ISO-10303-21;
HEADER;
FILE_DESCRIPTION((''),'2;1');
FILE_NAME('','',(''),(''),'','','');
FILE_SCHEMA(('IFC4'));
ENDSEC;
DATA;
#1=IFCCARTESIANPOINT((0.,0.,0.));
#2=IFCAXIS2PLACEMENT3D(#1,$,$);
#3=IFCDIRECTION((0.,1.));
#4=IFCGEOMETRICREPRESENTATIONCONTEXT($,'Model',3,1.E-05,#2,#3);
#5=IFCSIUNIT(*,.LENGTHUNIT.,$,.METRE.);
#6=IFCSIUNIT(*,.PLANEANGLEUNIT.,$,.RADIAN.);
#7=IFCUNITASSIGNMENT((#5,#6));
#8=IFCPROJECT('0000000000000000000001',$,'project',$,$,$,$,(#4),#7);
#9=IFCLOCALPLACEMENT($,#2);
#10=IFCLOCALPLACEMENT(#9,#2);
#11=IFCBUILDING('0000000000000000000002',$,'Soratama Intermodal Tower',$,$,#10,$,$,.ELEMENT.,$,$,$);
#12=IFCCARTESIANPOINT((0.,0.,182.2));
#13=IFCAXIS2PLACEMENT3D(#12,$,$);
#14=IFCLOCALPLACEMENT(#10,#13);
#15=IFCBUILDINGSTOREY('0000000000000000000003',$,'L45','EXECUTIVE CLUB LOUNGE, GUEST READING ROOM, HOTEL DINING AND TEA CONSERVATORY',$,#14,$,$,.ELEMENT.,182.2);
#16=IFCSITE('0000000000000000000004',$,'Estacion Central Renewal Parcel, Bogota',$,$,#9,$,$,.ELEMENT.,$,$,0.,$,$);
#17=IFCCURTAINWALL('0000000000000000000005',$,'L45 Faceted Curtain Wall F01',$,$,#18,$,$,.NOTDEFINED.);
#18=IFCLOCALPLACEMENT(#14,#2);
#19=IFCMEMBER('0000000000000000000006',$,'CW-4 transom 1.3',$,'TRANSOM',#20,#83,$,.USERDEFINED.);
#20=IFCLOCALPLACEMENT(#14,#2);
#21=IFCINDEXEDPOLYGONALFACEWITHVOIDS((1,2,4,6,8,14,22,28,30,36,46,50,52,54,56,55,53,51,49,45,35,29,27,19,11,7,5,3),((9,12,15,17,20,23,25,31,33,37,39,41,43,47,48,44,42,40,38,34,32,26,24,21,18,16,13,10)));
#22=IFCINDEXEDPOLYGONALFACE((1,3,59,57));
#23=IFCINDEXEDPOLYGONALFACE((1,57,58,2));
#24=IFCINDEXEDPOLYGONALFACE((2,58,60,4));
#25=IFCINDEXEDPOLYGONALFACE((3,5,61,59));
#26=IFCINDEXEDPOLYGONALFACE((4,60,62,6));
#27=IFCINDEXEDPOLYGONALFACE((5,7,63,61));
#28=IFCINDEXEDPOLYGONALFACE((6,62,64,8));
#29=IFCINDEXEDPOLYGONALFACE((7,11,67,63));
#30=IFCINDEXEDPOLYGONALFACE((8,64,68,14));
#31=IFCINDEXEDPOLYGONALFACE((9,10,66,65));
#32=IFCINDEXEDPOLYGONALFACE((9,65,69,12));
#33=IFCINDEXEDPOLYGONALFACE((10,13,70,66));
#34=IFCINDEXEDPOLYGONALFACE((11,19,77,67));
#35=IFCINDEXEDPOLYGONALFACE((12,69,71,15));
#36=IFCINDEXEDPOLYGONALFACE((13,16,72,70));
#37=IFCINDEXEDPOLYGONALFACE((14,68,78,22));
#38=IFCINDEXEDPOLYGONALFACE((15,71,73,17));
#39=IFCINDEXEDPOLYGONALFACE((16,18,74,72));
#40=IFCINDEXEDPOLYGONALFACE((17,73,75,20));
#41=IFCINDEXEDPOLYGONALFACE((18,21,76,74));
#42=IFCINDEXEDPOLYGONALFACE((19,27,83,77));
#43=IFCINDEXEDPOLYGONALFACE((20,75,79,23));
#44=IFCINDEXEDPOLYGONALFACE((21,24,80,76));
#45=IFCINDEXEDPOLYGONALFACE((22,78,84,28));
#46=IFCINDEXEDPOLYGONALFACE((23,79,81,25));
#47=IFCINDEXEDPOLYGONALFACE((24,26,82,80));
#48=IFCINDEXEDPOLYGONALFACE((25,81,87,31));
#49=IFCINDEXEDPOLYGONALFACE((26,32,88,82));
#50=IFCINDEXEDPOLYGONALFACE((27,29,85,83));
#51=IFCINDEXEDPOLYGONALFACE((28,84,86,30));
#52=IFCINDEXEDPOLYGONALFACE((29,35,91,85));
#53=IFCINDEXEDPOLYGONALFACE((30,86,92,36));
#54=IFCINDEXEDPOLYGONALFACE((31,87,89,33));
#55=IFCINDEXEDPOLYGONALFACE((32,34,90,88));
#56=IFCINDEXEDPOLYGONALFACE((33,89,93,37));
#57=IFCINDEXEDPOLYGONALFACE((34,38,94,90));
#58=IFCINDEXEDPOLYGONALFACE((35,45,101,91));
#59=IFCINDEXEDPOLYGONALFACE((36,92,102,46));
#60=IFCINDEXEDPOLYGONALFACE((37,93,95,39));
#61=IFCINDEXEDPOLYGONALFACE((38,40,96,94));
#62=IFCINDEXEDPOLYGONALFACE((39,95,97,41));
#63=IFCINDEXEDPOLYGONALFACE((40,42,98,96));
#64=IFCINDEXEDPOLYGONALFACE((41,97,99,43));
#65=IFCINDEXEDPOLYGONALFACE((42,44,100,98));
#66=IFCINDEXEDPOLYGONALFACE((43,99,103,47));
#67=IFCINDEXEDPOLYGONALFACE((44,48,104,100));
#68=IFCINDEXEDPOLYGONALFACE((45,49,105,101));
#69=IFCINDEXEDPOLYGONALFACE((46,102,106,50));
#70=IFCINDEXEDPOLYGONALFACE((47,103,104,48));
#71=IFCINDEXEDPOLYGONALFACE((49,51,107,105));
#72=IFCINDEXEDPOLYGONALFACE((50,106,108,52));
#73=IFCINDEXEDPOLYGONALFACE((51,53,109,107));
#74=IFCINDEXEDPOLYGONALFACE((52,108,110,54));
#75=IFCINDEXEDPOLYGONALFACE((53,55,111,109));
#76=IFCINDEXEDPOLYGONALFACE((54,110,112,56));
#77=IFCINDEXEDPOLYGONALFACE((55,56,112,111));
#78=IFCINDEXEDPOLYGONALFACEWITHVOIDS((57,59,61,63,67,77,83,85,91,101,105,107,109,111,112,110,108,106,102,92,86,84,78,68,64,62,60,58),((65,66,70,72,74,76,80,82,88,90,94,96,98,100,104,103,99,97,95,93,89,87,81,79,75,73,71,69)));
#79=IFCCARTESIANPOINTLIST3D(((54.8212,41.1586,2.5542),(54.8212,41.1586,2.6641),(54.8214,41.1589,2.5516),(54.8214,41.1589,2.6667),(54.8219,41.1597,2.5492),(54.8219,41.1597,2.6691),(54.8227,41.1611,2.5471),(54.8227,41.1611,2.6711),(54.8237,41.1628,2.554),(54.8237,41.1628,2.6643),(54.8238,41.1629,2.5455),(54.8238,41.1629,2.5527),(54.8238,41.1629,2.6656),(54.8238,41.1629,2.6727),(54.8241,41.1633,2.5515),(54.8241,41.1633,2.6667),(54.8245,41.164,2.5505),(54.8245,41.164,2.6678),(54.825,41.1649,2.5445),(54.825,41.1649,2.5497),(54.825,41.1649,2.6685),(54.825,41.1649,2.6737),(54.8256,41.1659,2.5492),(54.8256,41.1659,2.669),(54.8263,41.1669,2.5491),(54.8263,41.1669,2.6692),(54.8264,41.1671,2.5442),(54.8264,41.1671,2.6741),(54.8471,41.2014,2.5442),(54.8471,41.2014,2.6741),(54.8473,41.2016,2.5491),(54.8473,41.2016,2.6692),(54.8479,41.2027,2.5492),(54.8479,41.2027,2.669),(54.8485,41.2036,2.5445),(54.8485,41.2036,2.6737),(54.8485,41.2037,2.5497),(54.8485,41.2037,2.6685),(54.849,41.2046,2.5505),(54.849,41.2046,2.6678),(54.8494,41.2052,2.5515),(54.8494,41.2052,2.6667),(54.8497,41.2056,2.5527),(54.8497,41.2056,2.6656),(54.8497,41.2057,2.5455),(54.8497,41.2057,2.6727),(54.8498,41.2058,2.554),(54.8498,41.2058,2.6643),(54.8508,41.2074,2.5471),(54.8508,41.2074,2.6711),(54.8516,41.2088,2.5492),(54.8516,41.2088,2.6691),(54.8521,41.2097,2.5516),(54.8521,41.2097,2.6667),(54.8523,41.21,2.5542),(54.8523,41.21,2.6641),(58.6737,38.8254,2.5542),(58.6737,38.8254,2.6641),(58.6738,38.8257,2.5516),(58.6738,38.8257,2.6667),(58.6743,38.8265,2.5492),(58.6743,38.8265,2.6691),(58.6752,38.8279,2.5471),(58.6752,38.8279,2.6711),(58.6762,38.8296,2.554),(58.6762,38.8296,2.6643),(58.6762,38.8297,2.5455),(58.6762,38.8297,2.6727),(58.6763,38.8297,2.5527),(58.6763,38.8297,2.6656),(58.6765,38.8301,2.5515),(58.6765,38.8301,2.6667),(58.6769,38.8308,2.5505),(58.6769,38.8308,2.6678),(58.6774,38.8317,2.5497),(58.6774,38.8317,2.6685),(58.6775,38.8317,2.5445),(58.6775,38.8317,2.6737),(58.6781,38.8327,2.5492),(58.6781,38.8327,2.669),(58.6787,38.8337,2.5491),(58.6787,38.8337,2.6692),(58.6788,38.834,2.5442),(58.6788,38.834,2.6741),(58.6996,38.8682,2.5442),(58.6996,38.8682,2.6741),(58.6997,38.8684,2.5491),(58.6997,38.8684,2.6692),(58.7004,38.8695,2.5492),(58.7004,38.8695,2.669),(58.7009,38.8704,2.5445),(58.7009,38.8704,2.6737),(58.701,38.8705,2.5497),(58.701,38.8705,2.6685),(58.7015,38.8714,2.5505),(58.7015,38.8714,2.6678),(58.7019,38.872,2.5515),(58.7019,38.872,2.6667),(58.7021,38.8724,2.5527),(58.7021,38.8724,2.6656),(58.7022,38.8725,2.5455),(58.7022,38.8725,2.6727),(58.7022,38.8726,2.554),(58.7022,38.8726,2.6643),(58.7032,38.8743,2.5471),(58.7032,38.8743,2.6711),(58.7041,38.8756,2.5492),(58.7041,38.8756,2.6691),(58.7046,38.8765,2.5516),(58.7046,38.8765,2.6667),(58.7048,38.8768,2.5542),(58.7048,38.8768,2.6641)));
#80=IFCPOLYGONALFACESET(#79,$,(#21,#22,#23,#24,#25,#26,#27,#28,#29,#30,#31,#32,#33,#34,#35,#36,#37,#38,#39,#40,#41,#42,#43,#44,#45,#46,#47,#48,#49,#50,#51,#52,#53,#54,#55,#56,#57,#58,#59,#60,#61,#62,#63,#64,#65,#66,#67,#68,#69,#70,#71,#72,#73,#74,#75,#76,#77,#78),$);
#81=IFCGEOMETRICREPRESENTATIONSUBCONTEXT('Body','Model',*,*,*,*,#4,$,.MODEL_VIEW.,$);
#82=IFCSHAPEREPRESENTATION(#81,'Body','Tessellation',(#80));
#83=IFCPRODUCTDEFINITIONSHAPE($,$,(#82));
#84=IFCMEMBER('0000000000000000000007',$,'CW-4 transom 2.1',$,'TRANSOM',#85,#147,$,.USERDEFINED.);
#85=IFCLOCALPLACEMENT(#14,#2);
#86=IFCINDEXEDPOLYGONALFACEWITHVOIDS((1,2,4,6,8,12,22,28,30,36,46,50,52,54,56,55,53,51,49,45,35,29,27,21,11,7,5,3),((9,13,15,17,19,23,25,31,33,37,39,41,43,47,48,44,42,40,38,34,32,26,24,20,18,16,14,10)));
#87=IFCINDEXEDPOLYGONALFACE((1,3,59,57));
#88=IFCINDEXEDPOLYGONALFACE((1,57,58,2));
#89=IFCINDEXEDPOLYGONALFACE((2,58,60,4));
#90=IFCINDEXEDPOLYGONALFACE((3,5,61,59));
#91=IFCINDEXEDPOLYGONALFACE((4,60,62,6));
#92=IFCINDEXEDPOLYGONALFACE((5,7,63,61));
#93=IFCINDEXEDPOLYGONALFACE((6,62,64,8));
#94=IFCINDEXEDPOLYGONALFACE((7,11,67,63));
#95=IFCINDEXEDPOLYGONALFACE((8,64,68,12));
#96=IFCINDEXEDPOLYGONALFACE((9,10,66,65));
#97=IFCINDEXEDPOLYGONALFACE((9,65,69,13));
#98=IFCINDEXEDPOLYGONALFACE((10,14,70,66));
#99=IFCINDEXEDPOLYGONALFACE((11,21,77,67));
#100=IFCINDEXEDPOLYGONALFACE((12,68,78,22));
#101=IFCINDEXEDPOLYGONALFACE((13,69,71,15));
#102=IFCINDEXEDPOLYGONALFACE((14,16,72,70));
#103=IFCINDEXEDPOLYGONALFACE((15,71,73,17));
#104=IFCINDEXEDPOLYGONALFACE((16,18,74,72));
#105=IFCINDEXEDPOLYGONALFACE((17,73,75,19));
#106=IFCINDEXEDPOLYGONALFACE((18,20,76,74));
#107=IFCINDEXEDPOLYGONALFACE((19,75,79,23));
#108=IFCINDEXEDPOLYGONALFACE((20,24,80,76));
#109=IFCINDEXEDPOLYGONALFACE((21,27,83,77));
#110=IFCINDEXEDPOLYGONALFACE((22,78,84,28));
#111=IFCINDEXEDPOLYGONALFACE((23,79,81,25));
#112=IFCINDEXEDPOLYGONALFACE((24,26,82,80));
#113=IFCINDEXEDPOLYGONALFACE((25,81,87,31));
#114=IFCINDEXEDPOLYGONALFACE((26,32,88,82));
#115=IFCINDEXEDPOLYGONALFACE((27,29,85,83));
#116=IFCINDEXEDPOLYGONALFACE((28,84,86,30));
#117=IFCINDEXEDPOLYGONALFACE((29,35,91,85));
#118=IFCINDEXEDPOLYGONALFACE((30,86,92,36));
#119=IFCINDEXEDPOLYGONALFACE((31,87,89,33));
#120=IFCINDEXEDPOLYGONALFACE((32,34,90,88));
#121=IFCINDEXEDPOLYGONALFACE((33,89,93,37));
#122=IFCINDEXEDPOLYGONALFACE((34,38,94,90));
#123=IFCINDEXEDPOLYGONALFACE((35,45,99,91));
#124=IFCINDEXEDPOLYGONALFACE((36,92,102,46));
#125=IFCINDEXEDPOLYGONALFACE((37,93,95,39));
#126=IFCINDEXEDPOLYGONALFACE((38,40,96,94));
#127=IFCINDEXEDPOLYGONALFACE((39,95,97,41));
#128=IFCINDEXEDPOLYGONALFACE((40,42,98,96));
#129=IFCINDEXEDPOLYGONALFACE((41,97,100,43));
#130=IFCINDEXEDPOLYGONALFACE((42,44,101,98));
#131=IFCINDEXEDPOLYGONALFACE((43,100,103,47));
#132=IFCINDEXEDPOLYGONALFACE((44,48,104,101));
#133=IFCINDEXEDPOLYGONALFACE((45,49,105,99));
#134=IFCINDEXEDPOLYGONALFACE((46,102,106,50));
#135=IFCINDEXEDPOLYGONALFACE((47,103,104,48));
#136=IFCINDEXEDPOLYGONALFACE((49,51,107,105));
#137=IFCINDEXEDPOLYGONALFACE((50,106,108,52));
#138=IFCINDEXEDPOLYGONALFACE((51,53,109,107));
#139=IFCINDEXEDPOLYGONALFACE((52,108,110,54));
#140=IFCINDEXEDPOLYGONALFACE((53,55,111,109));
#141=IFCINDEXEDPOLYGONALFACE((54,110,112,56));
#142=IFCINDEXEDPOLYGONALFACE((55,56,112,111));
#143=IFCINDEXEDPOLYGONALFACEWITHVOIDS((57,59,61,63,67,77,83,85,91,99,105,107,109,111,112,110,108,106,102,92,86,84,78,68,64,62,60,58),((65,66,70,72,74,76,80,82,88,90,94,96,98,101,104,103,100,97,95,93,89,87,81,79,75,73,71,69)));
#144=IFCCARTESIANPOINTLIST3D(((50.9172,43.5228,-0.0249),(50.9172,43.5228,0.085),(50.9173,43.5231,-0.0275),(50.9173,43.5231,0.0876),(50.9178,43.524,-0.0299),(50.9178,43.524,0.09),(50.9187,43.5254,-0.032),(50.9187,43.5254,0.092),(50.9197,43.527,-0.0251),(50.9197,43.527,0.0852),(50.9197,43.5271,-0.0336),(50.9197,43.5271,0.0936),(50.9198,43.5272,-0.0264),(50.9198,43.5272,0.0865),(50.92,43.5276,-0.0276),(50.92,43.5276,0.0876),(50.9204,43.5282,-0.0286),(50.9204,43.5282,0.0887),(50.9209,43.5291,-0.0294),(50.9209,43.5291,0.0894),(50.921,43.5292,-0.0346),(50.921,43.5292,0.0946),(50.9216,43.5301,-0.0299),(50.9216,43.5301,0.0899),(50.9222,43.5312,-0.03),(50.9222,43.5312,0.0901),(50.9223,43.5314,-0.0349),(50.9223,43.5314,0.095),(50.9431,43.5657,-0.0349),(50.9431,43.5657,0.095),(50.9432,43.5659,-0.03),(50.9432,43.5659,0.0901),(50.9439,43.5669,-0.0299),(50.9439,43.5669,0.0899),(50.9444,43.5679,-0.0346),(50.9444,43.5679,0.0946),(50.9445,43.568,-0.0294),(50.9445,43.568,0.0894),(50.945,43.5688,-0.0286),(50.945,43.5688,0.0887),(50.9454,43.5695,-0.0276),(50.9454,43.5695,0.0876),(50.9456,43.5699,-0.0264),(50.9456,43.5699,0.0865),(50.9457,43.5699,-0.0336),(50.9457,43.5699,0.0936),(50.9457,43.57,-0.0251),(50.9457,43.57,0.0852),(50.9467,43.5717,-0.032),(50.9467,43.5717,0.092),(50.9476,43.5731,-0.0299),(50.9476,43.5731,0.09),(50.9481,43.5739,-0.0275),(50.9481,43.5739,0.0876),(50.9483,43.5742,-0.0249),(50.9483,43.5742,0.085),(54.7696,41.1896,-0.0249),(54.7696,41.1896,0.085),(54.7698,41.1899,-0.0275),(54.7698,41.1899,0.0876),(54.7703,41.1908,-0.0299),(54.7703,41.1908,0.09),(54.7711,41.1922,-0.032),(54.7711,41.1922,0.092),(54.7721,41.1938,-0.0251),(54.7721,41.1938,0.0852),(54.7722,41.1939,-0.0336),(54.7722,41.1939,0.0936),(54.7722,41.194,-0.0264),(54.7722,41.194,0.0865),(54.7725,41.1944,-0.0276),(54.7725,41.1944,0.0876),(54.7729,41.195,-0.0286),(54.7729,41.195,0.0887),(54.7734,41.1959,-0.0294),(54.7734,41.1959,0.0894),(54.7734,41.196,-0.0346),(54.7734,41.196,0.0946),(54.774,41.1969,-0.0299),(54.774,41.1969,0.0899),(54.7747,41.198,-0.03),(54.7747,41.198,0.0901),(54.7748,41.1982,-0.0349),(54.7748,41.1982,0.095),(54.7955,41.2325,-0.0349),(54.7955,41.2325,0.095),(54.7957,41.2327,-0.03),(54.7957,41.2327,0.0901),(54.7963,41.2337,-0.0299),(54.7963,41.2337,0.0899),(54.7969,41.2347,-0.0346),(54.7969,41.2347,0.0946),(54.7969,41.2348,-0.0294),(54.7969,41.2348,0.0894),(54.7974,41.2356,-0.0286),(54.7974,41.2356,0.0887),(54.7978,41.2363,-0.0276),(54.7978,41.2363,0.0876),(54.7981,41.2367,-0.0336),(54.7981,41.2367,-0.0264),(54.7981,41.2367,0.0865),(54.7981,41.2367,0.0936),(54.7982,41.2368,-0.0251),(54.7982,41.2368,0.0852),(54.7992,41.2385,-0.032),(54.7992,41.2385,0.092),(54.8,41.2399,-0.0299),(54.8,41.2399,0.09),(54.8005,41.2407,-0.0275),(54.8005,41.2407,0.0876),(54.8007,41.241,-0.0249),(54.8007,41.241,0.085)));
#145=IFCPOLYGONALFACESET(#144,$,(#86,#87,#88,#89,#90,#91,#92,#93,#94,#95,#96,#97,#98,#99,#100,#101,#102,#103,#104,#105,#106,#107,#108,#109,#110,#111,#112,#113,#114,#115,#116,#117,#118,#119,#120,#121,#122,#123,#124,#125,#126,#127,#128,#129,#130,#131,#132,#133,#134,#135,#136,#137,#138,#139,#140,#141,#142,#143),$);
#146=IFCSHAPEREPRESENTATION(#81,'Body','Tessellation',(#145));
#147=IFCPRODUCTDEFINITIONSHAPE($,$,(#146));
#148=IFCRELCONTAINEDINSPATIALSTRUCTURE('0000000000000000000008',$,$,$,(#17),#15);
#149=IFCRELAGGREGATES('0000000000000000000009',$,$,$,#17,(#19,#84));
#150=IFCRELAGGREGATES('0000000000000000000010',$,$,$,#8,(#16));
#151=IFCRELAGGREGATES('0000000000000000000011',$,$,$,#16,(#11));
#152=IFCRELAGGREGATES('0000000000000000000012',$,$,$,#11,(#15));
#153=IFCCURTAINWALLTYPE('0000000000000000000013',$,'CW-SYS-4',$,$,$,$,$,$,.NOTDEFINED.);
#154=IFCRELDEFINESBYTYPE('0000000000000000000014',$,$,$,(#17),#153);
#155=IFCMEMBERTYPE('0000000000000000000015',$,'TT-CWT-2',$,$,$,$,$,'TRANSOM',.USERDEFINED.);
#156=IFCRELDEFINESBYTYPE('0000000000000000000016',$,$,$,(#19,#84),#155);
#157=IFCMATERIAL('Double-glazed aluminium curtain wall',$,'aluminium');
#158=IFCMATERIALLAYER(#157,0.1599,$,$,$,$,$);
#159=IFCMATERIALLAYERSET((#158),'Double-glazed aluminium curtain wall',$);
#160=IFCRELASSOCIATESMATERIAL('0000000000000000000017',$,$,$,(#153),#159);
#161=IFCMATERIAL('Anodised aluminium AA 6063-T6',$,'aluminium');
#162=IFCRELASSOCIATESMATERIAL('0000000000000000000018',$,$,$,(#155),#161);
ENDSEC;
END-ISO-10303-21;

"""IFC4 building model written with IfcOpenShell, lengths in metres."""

from ifc_helpers import new_model, si_unit, direction, frame, origin, origin_2d, place, context, subcontext, project, spatial, hollow_rectangle, extrude, material, layer, layer_set, material_profile, profile_set, type_object, element, aggregate, save


model = new_model("IFC4")

# Units and contexts
model_context = context("Model", 3, precision=1e-05, world=origin(), true_north=direction((0.0, 1.0)))
body_context = subcontext(model_context, "Body", "Model", "MODEL_VIEW")
ifc_project = project(units=[si_unit("LENGTHUNIT", "METRE"), si_unit("PLANEANGLEUNIT", "RADIAN")], contexts=[model_context])

# Site, building, storey
site_placement = place(None, origin())
site = spatial("IfcSite", under=ifc_project, at=site_placement, Name="Estacion Central Renewal Parcel, Bogota", CompositionType="ELEMENT", RefElevation=0.0)
building_placement = place(site_placement, origin())
building = spatial("IfcBuilding", under=site, at=building_placement, Name="Soratama Intermodal Tower", CompositionType="ELEMENT")
storey_placement = place(building_placement, frame((0.0, 0.0, 182.2)))
storey = spatial("IfcBuildingStorey", under=building, at=storey_placement, Name="L45", Description="EXECUTIVE CLUB LOUNGE, GUEST READING ROOM, HOTEL DINING AND TEA CONSERVATORY", CompositionType="ELEMENT", Elevation=182.2)

# Curtain wall, members
ifc_material_1 = material(Name="Double-glazed aluminium curtain wall", Category="aluminium")
ifc_layer_1 = layer(ifc_material_1, 0.1599)
ifc_layer_set_1 = layer_set([ifc_layer_1], Name="Double-glazed aluminium curtain wall")
curtain_wall_type = type_object("IfcCurtainWallType", Name="CW-SYS-4", PredefinedType="NOTDEFINED", material=ifc_layer_set_1)
curtain_wall_placement = place(storey_placement, origin())
curtain_wall = element("IfcCurtainWall", 1, at=curtain_wall_placement, inside=storey, type_object=curtain_wall_type, Name="L45 Faceted Curtain Wall F01", PredefinedType="NOTDEFINED")
ifc_material_2 = material(Name="Anodised aluminium AA 6063-T6", Category="aluminium")
ifc_material_profile_1 = material_profile(ifc_material_2, hollow_rectangle(XDim=0.0601, YDim=0.1299, WallThickness=0.0049, InnerFilletRadius=0.0049, OuterFilletRadius=0.01, at=origin_2d()), Name="CWT130X60X5")
ifc_profile_set_1 = profile_set([ifc_material_profile_1], Name="Anodised aluminium AA 6063-T6")
member_type_1 = type_object("IfcMemberType", Name="TT-CWT-2", ElementType="TRANSOM", PredefinedType="USERDEFINED", material=ifc_profile_set_1)
member_1_placement = place(storey_placement, frame((58.6892, 38.8511, 2.6091), z_axis=(-0.855357, 0.518039, 0.0), x_axis=(-0.518039, -0.855357, 0.0)))
member_1 = element("IfcMember", 2, at=member_1_placement, type_object=member_type_1, Name="CW-4 transom 1.3", ObjectType="TRANSOM", PredefinedType="USERDEFINED", context=body_context, shape_type="SweptSolid", body=[
    extrude(hollow_rectangle(XDim=0.0601, YDim=0.1299, WallThickness=0.0049, InnerFilletRadius=0.0049, OuterFilletRadius=0.01, at=origin_2d()), origin(), (0.0, 0.0, 1.0), 4.5039),
])
member_2_placement = place(storey_placement, frame((54.7852, 41.2153, 0.03), z_axis=(-0.855357, 0.518039, 0.0), x_axis=(-0.518039, -0.855357, 0.0)))
member_2 = element("IfcMember", 3, at=member_2_placement, type_object=member_type_1, Name="CW-4 transom 2.1", ObjectType="TRANSOM", PredefinedType="USERDEFINED", context=body_context, shape_type="SweptSolid", body=[
    extrude(hollow_rectangle(XDim=0.0601, YDim=0.1299, WallThickness=0.0049, InnerFilletRadius=0.0049, OuterFilletRadius=0.01, at=origin_2d()), origin(), (0.0, 0.0, 1.0), 4.5039),
])
aggregate(curtain_wall, [member_1, member_2])

save(model, "model.ifc")
